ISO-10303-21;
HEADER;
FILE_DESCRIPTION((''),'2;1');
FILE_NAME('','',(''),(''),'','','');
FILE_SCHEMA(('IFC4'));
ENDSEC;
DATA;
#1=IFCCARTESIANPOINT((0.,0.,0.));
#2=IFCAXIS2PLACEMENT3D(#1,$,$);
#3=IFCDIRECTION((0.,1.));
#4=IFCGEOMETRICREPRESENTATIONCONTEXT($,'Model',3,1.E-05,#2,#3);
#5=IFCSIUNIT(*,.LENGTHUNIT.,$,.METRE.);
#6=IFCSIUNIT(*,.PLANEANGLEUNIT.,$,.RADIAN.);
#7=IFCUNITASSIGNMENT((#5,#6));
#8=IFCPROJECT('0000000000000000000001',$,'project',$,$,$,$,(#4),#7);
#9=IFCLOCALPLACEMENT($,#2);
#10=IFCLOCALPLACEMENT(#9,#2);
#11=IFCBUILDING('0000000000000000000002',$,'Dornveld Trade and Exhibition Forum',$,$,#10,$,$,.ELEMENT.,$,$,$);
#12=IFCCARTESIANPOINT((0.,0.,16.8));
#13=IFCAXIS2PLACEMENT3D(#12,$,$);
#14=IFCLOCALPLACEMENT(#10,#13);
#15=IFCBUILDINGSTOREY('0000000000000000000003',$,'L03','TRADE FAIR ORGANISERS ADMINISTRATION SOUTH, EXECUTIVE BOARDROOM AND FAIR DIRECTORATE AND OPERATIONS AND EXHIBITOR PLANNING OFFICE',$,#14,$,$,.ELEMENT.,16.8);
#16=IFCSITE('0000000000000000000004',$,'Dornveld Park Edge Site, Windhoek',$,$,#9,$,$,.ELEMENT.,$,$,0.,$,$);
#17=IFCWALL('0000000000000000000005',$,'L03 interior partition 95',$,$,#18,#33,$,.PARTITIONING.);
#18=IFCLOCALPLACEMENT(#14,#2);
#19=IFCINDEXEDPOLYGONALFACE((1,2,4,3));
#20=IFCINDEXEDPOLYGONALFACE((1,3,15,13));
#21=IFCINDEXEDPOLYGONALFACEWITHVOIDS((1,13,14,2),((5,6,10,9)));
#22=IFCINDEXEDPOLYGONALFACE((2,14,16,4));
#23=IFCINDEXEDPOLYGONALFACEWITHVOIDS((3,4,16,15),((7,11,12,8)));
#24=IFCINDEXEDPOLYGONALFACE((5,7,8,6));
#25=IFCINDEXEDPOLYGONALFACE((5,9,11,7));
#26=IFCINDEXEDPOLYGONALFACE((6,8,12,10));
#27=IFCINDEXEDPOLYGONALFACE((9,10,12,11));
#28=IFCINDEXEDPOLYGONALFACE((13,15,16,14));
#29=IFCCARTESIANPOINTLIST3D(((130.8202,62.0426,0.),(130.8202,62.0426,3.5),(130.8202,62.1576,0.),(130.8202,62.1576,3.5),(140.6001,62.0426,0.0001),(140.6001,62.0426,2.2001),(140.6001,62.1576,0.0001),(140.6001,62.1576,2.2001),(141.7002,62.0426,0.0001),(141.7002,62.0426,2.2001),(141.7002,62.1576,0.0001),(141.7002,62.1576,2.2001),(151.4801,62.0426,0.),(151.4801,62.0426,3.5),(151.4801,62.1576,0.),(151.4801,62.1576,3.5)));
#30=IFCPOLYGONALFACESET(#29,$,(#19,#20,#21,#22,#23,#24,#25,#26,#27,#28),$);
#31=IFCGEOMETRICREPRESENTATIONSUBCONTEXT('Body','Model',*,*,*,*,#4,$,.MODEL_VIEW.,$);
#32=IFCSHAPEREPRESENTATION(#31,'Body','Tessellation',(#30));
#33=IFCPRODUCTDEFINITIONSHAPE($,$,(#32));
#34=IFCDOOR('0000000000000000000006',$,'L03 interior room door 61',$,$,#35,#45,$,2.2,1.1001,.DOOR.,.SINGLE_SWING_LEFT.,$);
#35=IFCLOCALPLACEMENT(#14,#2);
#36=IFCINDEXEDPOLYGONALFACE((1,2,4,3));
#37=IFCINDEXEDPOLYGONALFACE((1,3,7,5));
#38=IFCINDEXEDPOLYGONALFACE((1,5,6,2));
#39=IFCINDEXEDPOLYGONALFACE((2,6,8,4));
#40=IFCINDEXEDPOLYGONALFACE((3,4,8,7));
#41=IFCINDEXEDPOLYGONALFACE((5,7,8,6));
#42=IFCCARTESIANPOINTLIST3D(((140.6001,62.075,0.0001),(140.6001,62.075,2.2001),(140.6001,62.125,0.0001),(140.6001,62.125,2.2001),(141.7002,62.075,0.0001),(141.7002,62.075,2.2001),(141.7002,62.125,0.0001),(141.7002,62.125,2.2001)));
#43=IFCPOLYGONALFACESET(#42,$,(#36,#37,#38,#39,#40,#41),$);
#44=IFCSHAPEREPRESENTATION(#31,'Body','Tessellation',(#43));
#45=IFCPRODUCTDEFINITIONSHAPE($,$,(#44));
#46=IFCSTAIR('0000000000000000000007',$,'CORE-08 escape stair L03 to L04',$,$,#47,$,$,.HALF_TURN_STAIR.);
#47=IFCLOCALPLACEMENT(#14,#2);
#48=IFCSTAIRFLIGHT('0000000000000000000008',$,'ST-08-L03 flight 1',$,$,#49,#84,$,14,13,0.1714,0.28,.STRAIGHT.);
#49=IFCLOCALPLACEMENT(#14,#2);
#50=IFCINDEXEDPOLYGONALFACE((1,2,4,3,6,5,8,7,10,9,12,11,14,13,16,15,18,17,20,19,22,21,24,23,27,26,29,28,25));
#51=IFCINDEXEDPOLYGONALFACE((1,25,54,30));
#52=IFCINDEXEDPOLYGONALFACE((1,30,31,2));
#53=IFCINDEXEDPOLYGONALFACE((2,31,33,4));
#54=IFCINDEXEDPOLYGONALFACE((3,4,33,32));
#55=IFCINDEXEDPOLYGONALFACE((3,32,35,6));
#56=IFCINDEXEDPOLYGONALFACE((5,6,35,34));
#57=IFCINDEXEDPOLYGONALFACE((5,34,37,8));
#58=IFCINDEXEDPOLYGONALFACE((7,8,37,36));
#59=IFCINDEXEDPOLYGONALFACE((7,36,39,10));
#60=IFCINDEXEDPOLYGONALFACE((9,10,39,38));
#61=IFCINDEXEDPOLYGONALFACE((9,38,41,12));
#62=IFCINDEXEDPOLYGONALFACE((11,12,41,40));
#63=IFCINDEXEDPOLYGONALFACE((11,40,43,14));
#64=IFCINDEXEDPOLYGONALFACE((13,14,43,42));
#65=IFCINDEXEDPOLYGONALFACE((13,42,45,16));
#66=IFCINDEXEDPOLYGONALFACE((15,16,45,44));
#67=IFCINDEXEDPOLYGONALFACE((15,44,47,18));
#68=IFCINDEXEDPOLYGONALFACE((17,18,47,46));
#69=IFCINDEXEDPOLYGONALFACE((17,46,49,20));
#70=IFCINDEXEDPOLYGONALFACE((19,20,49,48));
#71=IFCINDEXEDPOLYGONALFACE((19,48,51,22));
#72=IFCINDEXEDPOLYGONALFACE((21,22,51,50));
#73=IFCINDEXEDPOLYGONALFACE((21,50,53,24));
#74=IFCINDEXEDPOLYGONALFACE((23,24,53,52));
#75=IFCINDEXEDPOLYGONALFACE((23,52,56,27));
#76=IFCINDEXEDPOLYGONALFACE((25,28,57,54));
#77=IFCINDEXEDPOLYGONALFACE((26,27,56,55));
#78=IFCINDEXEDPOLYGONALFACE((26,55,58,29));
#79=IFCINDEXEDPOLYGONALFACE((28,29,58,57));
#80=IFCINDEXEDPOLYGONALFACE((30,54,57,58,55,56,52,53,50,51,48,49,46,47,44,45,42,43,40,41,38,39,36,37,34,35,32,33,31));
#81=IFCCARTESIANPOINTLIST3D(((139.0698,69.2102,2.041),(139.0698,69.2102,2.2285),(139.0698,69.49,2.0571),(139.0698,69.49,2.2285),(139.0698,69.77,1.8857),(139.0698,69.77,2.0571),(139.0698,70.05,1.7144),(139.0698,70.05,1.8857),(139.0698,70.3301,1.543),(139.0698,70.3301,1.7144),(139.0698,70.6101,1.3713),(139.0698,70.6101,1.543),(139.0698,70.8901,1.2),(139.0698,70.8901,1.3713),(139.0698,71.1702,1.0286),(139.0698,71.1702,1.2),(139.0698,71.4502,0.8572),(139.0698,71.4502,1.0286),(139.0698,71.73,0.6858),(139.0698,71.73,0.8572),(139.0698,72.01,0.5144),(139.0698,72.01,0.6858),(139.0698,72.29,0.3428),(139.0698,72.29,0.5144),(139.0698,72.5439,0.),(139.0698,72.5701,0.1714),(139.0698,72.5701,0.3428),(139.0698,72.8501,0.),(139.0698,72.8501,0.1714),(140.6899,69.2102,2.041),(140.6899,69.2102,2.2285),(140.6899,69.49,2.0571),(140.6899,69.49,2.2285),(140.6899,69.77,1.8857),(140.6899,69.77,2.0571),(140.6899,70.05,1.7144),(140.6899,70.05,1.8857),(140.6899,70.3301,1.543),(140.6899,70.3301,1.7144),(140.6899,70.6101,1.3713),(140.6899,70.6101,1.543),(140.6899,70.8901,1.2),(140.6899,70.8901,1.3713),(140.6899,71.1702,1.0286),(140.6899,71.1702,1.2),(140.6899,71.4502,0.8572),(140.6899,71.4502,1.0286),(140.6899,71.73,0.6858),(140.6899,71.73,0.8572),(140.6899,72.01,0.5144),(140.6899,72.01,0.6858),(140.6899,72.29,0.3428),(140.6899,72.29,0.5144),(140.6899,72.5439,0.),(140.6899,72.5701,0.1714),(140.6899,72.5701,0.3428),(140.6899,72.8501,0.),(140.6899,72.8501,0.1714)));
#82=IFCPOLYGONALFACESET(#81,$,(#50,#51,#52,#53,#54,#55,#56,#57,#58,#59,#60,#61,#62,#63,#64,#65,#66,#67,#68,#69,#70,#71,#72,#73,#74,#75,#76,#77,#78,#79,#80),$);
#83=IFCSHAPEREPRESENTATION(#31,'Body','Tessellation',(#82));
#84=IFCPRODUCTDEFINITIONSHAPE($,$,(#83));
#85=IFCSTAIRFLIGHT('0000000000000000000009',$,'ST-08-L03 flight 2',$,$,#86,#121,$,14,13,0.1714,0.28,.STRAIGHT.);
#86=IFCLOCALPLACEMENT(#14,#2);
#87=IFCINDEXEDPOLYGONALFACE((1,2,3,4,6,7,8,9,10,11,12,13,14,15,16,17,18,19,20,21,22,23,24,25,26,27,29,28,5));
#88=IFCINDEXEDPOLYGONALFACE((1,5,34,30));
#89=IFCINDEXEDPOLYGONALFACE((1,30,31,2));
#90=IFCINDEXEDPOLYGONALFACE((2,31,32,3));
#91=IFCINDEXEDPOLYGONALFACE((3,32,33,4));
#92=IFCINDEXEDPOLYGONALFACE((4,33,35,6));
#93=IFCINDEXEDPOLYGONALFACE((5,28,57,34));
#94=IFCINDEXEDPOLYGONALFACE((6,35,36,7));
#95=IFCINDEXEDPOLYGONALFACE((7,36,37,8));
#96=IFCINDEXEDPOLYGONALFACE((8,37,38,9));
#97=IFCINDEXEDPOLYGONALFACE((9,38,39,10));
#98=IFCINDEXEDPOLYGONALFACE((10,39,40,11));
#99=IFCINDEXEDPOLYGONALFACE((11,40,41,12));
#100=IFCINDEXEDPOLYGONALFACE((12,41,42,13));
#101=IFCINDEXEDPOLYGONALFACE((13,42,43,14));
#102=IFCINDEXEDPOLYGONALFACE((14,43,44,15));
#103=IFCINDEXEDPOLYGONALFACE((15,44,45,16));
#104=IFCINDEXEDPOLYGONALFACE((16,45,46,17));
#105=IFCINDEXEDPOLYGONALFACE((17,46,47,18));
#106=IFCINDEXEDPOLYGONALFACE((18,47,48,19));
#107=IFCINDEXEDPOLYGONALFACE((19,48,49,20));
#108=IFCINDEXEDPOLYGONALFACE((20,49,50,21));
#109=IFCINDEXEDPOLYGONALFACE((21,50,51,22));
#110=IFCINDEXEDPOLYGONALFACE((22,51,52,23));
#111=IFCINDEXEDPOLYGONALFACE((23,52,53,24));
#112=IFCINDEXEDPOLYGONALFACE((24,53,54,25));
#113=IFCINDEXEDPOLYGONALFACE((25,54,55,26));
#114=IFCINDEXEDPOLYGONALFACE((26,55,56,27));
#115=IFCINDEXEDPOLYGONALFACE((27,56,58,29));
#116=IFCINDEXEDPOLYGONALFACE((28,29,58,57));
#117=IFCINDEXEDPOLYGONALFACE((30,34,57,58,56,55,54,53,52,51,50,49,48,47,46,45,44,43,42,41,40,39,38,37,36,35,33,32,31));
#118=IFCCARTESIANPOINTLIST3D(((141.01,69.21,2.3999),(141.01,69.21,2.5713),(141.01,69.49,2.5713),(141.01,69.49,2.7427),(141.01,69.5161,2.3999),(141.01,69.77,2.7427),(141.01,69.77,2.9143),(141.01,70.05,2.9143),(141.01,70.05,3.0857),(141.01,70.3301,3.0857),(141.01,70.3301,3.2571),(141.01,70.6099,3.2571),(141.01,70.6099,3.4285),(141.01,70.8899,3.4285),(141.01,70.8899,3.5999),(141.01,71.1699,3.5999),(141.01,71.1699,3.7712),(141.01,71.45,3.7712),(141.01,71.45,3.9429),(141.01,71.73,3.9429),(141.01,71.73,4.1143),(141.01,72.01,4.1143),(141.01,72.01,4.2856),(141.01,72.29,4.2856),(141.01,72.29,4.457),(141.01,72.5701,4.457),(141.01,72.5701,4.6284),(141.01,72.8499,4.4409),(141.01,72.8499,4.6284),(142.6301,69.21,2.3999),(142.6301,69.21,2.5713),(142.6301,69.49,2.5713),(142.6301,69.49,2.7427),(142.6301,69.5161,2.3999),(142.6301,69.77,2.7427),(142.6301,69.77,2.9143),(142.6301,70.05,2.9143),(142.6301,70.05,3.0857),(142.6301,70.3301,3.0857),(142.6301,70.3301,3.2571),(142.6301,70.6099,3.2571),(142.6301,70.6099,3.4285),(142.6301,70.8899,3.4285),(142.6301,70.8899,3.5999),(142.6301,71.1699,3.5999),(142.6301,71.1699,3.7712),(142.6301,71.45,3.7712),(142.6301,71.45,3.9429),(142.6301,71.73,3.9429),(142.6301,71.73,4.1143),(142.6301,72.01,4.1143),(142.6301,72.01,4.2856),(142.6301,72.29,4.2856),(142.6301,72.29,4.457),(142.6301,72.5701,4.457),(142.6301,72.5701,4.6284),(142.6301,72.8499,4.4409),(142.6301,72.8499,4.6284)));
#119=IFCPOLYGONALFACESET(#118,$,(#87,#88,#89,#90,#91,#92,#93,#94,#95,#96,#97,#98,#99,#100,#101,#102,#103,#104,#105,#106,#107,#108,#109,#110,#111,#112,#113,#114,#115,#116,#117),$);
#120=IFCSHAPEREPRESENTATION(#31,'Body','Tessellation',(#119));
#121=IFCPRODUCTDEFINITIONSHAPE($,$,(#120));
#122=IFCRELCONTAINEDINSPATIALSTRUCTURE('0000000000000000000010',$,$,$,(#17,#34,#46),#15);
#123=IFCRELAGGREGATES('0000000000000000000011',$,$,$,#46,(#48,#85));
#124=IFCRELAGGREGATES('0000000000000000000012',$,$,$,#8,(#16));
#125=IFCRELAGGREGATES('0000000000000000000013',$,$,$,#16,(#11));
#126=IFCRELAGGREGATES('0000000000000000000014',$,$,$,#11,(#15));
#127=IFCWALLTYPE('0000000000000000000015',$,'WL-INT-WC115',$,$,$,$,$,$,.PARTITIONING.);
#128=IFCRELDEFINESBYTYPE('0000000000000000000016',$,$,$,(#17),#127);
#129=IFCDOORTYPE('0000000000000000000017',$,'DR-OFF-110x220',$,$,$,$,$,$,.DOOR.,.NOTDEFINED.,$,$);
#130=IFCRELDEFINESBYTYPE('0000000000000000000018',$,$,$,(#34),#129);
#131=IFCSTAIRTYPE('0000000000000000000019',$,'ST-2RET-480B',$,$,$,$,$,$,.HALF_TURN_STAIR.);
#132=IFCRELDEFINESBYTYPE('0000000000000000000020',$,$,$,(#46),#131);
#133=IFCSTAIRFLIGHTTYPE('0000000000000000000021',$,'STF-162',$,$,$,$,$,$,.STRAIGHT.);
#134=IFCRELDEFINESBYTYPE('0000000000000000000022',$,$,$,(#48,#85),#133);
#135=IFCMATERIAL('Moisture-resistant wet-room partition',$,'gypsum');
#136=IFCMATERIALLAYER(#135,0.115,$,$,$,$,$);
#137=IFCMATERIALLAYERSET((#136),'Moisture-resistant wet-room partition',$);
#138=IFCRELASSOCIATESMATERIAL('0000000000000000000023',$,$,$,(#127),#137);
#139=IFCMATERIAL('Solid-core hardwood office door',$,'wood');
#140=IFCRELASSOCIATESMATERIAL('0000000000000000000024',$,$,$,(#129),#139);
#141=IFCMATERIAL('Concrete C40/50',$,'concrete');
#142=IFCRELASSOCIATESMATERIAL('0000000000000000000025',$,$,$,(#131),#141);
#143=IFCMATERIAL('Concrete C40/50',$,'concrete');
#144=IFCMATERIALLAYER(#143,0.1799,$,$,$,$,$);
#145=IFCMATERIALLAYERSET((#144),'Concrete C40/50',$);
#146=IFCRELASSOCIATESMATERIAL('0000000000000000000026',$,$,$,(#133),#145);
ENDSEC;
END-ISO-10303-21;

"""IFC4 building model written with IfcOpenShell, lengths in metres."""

from ifc_helpers import new_model, si_unit, direction, frame, frame_2d, origin, place, context, subcontext, project, spatial, polyline, rectangle, outline, extrude, material, layer, layer_set, type_object, element, fill, aggregate, save


model = new_model("IFC4")

# Units and contexts
model_context = context("Model", 3, precision=1e-05, world=origin(), true_north=direction((0.0, 1.0)))
body_context = subcontext(model_context, "Body", "Model", "MODEL_VIEW")
ifc_project = project(units=[si_unit("LENGTHUNIT", "METRE"), si_unit("PLANEANGLEUNIT", "RADIAN")], contexts=[model_context])

# Site, building, storey
site_placement = place(None, origin())
site = spatial("IfcSite", under=ifc_project, at=site_placement, Name="Dornveld Park Edge Site, Windhoek", CompositionType="ELEMENT", RefElevation=0.0)
building_placement = place(site_placement, origin())
building = spatial("IfcBuilding", under=site, at=building_placement, Name="Dornveld Trade and Exhibition Forum", CompositionType="ELEMENT")
storey_placement = place(building_placement, frame((0.0, 0.0, 16.8)))
storey = spatial("IfcBuildingStorey", under=building, at=storey_placement, Name="L03", Description="TRADE FAIR ORGANISERS ADMINISTRATION SOUTH, EXECUTIVE BOARDROOM AND FAIR DIRECTORATE AND OPERATIONS AND EXHIBITOR PLANNING OFFICE", CompositionType="ELEMENT", Elevation=16.8)

# Wall, opening, door
ifc_material_1 = material(Name="Moisture-resistant wet-room partition", Category="gypsum")
ifc_layer_1 = layer(ifc_material_1, 0.115)
ifc_layer_set_1 = layer_set([ifc_layer_1], Name="Moisture-resistant wet-room partition")
wall_type_1 = type_object("IfcWallType", Name="WL-INT-WC115", PredefinedType="PARTITIONING", material=ifc_layer_set_1)
wall_1_placement = place(storey_placement, frame((130.8201, 62.1001, 0.0), z_axis=(0.0, 0.0, 1.0), x_axis=(1.0, 0.0, 0.0)))
wall_1 = element("IfcWall", 1, at=wall_1_placement, inside=storey, type_object=wall_type_1, Name="L03 interior partition 95", PredefinedType="PARTITIONING", context=body_context, shape_type="SweptSolid", body=[
    extrude(rectangle(XDim=20.6599, YDim=0.115, at=frame_2d((10.3301, 0.0))), origin(), (0.0, 0.0, 1.0), 3.5),
])
opening_placement = place(wall_1_placement, frame((9.78, 0.0, 0.0)))
opening = element("IfcOpeningElement", 2, at=opening_placement, cuts=wall_1, PredefinedType="OPENING", context=body_context, shape_type="SweptSolid", body=[
    extrude(rectangle(XDim=1.1001, YDim=2.2, at=frame_2d((0.55, 1.1001))), frame((0.0, 0.0674, 0.0), z_axis=(0.0, -1.0, 0.0), x_axis=(1.0, 0.0, 0.0)), (0.0, 0.0, 1.0), 0.135),
])
ifc_material_2 = material(Name="Solid-core hardwood office door", Category="wood")
door_type = type_object("IfcDoorType", Name="DR-OFF-110x220", OperationType="NOTDEFINED", PredefinedType="DOOR", material=ifc_material_2)
door_placement = place(opening_placement, origin())
door = element("IfcDoor", 3, at=door_placement, inside=storey, type_object=door_type, Name="L03 interior room door 61", OperationType="SINGLE_SWING_LEFT", OverallHeight=2.2, OverallWidth=1.1001, PredefinedType="DOOR", context=body_context, shape_type="SweptSolid", body=[
    extrude(rectangle(XDim=1.1001, YDim=2.2, at=frame_2d((0.55, 1.1001))), frame((0.0, 0.0249, 0.0), z_axis=(0.0, -1.0, 0.0), x_axis=(1.0, 0.0, 0.0)), (0.0, 0.0, 1.0), 0.05),
])
fill(opening, door)

# Stair, stair flights
ifc_material_3 = material(Name="Concrete C40/50", Category="concrete")
stair_type = type_object("IfcStairType", Name="ST-2RET-480B", PredefinedType="HALF_TURN_STAIR", material=ifc_material_3)
stair_placement = place(storey_placement, origin())
stair = element("IfcStair", 4, at=stair_placement, inside=storey, type_object=stair_type, Name="CORE-08 escape stair L03 to L04", PredefinedType="HALF_TURN_STAIR")
ifc_material_4 = material(Name="Concrete C40/50", Category="concrete")
ifc_layer_2 = layer(ifc_material_4, 0.1799)
ifc_layer_set_2 = layer_set([ifc_layer_2], Name="Concrete C40/50")
stair_flight_type = type_object("IfcStairFlightType", Name="STF-162", PredefinedType="STRAIGHT", material=ifc_layer_set_2)
stair_flight_1_placement = place(storey_placement, frame((139.8799, 72.8501, 0.0), z_axis=(0.0, 0.0, 1.0), x_axis=(0.0, -1.0, 0.0)))
stair_flight_1 = element("IfcStairFlight", 5, at=stair_flight_1_placement, type_object=stair_flight_type, Name="ST-08-L03 flight 1", NumberOfRisers=14, NumberOfTreads=13, PredefinedType="STRAIGHT", RiserHeight=0.1714, TreadLength=0.28, context=body_context, shape_type="SweptSolid", body=[
    extrude(outline(polyline([(0.0, 0.0), (0.0, 0.1714), (0.28, 0.1714), (0.28, 0.3428), (0.5601, 0.3428), (0.5601, 0.5144), (0.8401, 0.5144), (0.8401, 0.6858), (1.1201, 0.6858), (1.1201, 0.8572), (1.3999, 0.8572), (1.3999, 1.0286), (1.6799, 1.0286), (1.6799, 1.2), (1.96, 1.2), (1.96, 1.3713), (2.24, 1.3713), (2.24, 1.543), (2.52, 1.543), (2.52, 1.7144), (2.8, 1.7144), (2.8, 1.8857), (3.0801, 1.8857), (3.0801, 2.0571), (3.3601, 2.0571), (3.3601, 2.2285), (3.6399, 2.2285), (3.6399, 2.3999), (3.6399, 2.041), (0.3062, 0.0), (0.0, 0.0)])), frame((0.0, 0.8101, 0.0), z_axis=(0.0, -1.0, 0.0), x_axis=(1.0, 0.0, 0.0)), (0.0, 0.0, 1.0), 1.6201),
])
stair_flight_2_placement = place(storey_placement, frame((141.8201, 69.21, 2.3999), z_axis=(0.0, 0.0, 1.0), x_axis=(0.0, 1.0, 0.0)))
stair_flight_2 = element("IfcStairFlight", 6, at=stair_flight_2_placement, type_object=stair_flight_type, Name="ST-08-L03 flight 2", NumberOfRisers=14, NumberOfTreads=13, PredefinedType="STRAIGHT", RiserHeight=0.1714, TreadLength=0.28, context=body_context, shape_type="SweptSolid", body=[
    extrude(outline(polyline([(0.0, 0.0), (0.0, 0.1714), (0.28, 0.1714), (0.28, 0.3428), (0.5601, 0.3428), (0.5601, 0.5144), (0.8401, 0.5144), (0.8401, 0.6858), (1.1201, 0.6858), (1.1201, 0.8572), (1.3999, 0.8572), (1.3999, 1.0286), (1.6799, 1.0286), (1.6799, 1.2), (1.96, 1.2), (1.96, 1.3713), (2.24, 1.3713), (2.24, 1.543), (2.52, 1.543), (2.52, 1.7144), (2.8, 1.7144), (2.8, 1.8857), (3.0801, 1.8857), (3.0801, 2.0571), (3.3601, 2.0571), (3.3601, 2.2285), (3.6399, 2.2285), (3.6399, 2.3999), (3.6399, 2.041), (0.3062, 0.0), (0.0, 0.0)])), frame((0.0, 0.8101, 0.0), z_axis=(0.0, -1.0, 0.0), x_axis=(1.0, 0.0, 0.0)), (0.0, 0.0, 1.0), 1.6201),
])
aggregate(stair, [stair_flight_1, stair_flight_2])

save(model, "model.ifc")
